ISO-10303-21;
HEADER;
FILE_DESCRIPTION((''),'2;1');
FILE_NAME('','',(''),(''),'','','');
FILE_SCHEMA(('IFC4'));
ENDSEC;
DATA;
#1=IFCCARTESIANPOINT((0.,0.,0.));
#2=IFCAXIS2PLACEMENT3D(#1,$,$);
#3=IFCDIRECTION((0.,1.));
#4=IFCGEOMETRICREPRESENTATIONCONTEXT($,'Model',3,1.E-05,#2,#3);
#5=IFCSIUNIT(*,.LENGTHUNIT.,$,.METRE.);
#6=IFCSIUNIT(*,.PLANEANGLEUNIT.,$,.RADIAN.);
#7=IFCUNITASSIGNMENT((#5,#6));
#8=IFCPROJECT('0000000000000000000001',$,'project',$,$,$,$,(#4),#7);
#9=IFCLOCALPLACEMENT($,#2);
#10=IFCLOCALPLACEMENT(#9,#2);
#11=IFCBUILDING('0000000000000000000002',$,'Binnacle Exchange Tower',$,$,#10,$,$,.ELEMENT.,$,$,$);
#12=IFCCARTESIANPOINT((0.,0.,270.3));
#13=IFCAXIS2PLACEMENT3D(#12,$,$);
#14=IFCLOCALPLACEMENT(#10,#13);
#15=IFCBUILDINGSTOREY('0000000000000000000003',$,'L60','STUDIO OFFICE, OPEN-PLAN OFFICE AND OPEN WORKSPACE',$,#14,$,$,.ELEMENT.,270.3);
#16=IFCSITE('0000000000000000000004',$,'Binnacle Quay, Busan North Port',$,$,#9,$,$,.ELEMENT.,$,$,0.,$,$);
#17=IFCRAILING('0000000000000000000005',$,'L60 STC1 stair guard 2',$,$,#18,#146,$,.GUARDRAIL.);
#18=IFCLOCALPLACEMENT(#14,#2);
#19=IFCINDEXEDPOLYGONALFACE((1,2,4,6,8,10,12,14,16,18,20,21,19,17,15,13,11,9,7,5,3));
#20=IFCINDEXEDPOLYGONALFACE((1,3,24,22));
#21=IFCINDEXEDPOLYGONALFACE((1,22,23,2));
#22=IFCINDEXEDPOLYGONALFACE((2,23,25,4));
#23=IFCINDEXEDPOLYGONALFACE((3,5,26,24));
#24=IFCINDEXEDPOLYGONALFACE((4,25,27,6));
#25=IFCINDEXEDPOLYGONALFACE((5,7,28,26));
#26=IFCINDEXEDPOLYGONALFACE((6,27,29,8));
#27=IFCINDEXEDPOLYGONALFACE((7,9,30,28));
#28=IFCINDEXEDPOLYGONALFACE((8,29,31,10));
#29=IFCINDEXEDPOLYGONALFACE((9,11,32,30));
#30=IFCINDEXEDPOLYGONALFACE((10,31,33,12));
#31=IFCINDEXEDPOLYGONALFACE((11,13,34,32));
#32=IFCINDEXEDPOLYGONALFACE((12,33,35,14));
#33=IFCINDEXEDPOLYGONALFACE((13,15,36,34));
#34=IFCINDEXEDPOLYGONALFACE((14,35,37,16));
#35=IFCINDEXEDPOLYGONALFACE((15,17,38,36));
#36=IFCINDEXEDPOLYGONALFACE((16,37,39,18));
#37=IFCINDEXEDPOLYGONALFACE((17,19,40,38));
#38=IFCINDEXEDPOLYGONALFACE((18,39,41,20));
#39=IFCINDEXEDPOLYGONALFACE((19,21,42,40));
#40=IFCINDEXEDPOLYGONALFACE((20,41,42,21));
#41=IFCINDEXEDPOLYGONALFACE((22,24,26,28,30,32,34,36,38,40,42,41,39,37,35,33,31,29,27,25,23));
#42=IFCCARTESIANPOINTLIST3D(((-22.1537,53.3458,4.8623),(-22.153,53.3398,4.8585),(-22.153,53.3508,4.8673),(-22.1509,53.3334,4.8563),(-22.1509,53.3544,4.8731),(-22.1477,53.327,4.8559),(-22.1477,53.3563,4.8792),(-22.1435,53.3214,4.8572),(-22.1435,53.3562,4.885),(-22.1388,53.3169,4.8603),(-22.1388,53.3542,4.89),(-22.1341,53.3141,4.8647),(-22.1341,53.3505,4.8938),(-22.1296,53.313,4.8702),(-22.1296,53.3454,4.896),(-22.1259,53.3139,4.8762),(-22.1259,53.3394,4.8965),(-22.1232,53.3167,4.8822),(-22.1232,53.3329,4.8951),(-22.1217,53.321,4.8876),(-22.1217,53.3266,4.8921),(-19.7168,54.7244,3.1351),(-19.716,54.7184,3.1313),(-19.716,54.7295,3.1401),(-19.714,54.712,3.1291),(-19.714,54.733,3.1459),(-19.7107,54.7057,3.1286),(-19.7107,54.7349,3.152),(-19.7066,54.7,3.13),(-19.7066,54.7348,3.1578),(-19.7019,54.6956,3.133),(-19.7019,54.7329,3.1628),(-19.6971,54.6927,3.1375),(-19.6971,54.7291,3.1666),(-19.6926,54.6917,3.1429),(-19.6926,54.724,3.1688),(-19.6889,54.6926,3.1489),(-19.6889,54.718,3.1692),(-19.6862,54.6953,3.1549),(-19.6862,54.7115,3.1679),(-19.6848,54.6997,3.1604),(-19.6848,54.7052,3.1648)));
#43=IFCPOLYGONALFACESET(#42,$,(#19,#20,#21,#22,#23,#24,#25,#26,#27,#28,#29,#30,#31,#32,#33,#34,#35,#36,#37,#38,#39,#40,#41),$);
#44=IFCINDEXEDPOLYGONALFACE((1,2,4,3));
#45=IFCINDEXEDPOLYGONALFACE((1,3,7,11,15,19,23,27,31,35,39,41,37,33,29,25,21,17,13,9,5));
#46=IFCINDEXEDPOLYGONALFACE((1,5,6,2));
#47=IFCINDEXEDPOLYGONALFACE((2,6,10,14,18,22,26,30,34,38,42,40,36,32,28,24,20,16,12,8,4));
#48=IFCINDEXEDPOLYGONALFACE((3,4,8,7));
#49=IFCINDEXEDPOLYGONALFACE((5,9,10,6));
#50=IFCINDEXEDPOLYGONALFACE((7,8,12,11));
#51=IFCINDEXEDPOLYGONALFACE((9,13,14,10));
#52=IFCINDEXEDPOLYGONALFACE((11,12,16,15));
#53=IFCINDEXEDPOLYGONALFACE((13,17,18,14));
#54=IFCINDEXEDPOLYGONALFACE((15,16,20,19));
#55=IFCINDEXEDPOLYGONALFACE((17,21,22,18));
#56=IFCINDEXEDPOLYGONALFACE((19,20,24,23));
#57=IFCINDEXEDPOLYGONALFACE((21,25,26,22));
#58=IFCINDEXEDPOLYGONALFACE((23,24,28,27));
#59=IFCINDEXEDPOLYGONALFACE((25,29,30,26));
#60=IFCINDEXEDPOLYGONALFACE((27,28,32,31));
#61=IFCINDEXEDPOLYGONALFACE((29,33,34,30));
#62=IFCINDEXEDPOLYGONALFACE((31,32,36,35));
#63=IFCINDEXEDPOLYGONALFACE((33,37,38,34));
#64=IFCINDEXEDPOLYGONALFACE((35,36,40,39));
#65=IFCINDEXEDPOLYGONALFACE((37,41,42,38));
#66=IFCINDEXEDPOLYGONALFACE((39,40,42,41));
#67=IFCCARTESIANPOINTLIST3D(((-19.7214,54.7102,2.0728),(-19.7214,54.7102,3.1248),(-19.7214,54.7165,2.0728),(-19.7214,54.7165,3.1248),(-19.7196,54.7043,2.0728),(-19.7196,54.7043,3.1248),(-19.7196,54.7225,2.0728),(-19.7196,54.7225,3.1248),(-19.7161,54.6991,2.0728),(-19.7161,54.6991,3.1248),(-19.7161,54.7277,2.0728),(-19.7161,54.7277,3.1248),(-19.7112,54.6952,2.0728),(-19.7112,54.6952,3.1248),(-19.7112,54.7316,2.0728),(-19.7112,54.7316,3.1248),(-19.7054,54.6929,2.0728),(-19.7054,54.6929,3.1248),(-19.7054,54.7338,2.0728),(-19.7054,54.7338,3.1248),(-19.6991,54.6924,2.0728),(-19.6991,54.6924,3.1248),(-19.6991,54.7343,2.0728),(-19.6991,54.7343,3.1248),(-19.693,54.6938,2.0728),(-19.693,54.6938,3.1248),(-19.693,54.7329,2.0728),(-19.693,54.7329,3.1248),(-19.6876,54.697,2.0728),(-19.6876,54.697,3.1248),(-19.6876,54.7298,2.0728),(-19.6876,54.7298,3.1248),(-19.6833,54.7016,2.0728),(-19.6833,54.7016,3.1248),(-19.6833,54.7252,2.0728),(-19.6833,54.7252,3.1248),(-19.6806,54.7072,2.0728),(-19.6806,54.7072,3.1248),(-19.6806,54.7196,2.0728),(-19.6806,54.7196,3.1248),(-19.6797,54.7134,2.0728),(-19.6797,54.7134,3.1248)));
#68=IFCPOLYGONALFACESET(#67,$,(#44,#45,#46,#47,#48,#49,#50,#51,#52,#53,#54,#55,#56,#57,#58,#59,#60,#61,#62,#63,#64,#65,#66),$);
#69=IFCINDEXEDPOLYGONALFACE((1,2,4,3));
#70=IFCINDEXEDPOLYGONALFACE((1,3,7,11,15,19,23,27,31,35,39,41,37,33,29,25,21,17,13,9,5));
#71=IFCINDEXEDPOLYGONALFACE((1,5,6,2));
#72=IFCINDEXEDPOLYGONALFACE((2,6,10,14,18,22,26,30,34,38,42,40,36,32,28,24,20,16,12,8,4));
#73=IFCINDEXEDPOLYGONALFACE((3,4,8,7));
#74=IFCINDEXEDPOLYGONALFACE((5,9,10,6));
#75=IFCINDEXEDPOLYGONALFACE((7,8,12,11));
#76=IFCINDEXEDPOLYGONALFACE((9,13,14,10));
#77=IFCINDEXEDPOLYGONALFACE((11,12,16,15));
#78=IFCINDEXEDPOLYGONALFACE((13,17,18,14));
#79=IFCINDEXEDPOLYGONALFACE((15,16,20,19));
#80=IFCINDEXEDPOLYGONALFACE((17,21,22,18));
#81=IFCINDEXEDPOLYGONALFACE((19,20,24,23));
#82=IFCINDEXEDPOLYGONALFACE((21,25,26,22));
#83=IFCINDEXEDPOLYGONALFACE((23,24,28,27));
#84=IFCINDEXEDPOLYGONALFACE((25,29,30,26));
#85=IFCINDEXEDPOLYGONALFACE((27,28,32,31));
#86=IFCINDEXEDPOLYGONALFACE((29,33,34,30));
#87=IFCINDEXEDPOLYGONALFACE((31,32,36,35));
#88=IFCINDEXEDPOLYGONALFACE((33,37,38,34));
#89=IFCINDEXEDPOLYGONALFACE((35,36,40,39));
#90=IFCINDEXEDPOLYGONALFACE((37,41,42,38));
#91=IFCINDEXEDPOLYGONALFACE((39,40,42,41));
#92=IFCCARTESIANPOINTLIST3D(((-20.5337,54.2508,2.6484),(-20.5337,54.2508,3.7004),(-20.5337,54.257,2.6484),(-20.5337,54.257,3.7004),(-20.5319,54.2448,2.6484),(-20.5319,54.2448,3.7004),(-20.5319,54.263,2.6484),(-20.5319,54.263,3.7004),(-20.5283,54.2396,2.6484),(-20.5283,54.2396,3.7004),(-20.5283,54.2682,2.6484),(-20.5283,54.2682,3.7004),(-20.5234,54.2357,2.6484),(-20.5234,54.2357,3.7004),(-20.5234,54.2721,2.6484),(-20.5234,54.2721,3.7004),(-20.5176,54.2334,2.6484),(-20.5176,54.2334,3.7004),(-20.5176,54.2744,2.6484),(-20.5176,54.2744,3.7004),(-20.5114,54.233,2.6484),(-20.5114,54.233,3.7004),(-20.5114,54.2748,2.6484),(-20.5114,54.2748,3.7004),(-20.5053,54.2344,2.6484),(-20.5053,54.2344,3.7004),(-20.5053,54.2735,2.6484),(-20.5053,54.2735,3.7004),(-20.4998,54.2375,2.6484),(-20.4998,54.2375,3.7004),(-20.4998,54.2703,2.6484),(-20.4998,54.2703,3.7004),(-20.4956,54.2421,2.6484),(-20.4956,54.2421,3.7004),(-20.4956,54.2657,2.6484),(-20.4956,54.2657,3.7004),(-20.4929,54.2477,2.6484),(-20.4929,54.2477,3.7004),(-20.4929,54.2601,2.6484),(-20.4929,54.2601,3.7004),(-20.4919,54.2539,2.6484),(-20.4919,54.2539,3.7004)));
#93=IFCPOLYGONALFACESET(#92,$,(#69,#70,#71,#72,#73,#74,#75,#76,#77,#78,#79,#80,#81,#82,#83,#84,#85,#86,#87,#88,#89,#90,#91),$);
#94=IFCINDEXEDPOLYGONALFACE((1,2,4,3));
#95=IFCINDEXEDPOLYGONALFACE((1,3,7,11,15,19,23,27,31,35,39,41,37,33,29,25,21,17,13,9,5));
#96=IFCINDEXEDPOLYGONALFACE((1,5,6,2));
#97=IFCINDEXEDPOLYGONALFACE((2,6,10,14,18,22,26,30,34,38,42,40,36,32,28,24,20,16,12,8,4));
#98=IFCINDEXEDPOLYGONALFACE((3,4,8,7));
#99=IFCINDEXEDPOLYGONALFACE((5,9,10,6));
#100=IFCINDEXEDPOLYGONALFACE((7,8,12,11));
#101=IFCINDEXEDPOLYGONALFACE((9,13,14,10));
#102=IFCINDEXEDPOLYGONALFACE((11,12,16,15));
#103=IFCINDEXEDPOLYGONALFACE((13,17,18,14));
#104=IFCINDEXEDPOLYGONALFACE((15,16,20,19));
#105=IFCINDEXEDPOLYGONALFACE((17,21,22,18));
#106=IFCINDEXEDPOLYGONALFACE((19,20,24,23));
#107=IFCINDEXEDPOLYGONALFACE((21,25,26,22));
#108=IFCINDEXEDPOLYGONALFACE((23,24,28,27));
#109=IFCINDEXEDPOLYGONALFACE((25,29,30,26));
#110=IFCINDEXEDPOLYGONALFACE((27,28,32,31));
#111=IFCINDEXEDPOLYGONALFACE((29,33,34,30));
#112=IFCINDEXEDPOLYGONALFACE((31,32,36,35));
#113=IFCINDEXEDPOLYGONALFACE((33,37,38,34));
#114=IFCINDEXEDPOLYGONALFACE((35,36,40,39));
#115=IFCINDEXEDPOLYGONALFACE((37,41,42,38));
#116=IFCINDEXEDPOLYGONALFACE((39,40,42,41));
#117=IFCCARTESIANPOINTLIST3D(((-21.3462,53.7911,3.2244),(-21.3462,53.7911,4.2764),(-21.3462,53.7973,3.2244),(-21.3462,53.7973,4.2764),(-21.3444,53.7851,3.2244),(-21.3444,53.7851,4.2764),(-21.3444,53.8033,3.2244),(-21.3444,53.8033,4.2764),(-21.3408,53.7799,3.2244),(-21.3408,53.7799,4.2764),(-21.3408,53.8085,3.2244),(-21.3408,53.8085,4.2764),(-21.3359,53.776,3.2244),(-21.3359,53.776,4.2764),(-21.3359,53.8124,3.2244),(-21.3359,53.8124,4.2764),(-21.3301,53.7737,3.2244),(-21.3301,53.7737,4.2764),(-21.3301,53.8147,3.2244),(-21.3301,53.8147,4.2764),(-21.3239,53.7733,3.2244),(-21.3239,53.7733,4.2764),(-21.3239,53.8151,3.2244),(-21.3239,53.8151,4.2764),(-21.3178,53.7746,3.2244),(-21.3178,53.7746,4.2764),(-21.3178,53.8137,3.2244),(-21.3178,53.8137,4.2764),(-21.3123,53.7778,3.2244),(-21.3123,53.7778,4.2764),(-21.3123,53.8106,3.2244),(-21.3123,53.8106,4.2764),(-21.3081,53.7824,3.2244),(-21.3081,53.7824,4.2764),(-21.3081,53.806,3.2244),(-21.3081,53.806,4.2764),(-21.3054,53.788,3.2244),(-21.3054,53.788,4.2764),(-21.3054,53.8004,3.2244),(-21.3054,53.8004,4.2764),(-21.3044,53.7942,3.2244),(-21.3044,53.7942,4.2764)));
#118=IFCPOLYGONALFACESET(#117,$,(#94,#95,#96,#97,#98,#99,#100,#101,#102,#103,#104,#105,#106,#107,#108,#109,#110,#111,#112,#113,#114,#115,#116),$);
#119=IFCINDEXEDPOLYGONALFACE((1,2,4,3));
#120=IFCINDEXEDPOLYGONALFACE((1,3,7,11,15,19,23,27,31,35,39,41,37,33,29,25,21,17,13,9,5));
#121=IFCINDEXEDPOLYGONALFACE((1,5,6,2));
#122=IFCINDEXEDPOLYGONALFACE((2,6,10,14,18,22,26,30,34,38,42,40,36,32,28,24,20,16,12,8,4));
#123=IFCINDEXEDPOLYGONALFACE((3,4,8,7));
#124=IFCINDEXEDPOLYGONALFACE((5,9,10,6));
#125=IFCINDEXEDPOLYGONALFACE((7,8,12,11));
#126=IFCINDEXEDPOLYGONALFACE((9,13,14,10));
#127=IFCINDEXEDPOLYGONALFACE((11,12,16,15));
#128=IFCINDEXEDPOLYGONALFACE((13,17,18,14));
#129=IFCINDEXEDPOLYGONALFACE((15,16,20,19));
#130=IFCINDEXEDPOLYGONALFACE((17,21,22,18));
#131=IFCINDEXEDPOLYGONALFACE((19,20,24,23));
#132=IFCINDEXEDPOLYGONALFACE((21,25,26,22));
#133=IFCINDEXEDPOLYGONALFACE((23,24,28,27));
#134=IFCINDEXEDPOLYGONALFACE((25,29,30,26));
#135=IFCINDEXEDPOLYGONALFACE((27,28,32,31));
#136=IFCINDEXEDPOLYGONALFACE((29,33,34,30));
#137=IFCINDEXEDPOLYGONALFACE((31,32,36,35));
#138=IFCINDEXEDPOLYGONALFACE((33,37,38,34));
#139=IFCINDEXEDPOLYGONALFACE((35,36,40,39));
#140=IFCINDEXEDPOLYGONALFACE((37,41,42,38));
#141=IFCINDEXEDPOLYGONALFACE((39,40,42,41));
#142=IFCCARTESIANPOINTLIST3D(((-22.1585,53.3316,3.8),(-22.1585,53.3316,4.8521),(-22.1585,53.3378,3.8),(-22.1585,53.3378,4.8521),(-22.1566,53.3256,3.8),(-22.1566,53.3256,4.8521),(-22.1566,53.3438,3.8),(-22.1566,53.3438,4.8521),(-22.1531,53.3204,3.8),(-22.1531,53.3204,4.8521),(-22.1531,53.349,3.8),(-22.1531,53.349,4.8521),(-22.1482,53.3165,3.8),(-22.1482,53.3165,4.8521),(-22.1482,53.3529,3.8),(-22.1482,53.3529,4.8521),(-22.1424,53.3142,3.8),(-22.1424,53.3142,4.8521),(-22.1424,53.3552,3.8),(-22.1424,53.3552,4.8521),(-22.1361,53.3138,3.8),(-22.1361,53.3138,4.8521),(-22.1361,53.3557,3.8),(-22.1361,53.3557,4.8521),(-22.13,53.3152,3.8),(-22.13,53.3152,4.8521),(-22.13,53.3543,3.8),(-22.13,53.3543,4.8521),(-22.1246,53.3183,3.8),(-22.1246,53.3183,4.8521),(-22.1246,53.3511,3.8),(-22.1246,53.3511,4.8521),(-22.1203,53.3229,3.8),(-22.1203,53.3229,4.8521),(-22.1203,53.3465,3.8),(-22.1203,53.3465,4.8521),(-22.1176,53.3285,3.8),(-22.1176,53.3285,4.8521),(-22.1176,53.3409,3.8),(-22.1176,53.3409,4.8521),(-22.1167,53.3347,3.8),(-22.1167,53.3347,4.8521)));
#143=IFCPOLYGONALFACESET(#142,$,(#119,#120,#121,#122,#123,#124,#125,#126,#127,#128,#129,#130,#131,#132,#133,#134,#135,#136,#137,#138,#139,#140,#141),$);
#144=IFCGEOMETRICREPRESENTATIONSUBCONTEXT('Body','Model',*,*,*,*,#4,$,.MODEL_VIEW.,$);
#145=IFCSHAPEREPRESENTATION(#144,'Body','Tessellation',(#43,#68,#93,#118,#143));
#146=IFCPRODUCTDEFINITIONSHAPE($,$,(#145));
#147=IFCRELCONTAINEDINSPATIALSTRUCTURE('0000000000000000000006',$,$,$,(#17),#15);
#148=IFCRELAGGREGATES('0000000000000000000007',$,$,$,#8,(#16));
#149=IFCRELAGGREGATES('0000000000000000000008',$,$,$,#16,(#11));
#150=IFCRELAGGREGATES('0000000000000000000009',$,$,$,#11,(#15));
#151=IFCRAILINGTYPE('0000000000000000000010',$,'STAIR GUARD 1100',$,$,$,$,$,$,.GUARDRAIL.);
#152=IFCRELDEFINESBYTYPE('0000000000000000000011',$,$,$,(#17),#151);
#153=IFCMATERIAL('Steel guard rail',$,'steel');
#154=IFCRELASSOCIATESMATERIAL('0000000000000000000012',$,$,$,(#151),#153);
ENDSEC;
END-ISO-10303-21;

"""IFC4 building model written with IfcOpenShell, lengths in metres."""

from ifc_helpers import new_model, si_unit, direction, frame, origin, origin_2d, place, context, subcontext, project, spatial, circle, extrude, material, type_object, element, save


model = new_model("IFC4")

# Units and contexts
model_context = context("Model", 3, precision=1e-05, world=origin(), true_north=direction((0.0, 1.0)))
body_context = subcontext(model_context, "Body", "Model", "MODEL_VIEW")
ifc_project = project(units=[si_unit("LENGTHUNIT", "METRE"), si_unit("PLANEANGLEUNIT", "RADIAN")], contexts=[model_context])

# Site, building, storey
site_placement = place(None, origin())
site = spatial("IfcSite", under=ifc_project, at=site_placement, Name="Binnacle Quay, Busan North Port", CompositionType="ELEMENT", RefElevation=0.0)
building_placement = place(site_placement, origin())
building = spatial("IfcBuilding", under=site, at=building_placement, Name="Binnacle Exchange Tower", CompositionType="ELEMENT")
storey_placement = place(building_placement, frame((0.0, 0.0, 270.3)))
storey = spatial("IfcBuildingStorey", under=building, at=storey_placement, Name="L60", Description="STUDIO OFFICE, OPEN-PLAN OFFICE AND OPEN WORKSPACE", CompositionType="ELEMENT", Elevation=270.3)

# Railing
ifc_material_1 = material(Name="Steel guard rail", Category="steel")
railing_type = type_object("IfcRailingType", Name="STAIR GUARD 1100", PredefinedType="GUARDRAIL", material=ifc_material_1)
railing_placement = place(storey_placement, frame((-19.7007, 54.7134, 2.0728)))
element("IfcRailing", 1, at=railing_placement, inside=storey, type_object=railing_type, Name="L60 STC1 stair guard 2", PredefinedType="GUARDRAIL", context=body_context, shape_type="SweptSolid", body=[
    extrude(circle(Radius=0.0239, at=origin_2d()), frame((0.0, 0.0, 1.0762), z_axis=(-0.740761, -0.419062, 0.525033), x_axis=(0.492388, -0.870376, 0.0)), (0.0, 0.0, 1.0), 3.2898),
    extrude(circle(Radius=0.021, at=origin_2d()), origin(), (0.0, 0.0, 1.0), 1.052),
    extrude(circle(Radius=0.021, at=origin_2d()), frame((-0.8123, -0.4595, 0.5757)), (0.0, 0.0, 1.0), 1.052),
    extrude(circle(Radius=0.021, at=origin_2d()), frame((-1.6248, -0.9192, 1.1516)), (0.0, 0.0, 1.0), 1.052),
    extrude(circle(Radius=0.021, at=origin_2d()), frame((-2.437, -1.3787, 1.7273)), (0.0, 0.0, 1.0), 1.052),
])

save(model, "model.ifc")
